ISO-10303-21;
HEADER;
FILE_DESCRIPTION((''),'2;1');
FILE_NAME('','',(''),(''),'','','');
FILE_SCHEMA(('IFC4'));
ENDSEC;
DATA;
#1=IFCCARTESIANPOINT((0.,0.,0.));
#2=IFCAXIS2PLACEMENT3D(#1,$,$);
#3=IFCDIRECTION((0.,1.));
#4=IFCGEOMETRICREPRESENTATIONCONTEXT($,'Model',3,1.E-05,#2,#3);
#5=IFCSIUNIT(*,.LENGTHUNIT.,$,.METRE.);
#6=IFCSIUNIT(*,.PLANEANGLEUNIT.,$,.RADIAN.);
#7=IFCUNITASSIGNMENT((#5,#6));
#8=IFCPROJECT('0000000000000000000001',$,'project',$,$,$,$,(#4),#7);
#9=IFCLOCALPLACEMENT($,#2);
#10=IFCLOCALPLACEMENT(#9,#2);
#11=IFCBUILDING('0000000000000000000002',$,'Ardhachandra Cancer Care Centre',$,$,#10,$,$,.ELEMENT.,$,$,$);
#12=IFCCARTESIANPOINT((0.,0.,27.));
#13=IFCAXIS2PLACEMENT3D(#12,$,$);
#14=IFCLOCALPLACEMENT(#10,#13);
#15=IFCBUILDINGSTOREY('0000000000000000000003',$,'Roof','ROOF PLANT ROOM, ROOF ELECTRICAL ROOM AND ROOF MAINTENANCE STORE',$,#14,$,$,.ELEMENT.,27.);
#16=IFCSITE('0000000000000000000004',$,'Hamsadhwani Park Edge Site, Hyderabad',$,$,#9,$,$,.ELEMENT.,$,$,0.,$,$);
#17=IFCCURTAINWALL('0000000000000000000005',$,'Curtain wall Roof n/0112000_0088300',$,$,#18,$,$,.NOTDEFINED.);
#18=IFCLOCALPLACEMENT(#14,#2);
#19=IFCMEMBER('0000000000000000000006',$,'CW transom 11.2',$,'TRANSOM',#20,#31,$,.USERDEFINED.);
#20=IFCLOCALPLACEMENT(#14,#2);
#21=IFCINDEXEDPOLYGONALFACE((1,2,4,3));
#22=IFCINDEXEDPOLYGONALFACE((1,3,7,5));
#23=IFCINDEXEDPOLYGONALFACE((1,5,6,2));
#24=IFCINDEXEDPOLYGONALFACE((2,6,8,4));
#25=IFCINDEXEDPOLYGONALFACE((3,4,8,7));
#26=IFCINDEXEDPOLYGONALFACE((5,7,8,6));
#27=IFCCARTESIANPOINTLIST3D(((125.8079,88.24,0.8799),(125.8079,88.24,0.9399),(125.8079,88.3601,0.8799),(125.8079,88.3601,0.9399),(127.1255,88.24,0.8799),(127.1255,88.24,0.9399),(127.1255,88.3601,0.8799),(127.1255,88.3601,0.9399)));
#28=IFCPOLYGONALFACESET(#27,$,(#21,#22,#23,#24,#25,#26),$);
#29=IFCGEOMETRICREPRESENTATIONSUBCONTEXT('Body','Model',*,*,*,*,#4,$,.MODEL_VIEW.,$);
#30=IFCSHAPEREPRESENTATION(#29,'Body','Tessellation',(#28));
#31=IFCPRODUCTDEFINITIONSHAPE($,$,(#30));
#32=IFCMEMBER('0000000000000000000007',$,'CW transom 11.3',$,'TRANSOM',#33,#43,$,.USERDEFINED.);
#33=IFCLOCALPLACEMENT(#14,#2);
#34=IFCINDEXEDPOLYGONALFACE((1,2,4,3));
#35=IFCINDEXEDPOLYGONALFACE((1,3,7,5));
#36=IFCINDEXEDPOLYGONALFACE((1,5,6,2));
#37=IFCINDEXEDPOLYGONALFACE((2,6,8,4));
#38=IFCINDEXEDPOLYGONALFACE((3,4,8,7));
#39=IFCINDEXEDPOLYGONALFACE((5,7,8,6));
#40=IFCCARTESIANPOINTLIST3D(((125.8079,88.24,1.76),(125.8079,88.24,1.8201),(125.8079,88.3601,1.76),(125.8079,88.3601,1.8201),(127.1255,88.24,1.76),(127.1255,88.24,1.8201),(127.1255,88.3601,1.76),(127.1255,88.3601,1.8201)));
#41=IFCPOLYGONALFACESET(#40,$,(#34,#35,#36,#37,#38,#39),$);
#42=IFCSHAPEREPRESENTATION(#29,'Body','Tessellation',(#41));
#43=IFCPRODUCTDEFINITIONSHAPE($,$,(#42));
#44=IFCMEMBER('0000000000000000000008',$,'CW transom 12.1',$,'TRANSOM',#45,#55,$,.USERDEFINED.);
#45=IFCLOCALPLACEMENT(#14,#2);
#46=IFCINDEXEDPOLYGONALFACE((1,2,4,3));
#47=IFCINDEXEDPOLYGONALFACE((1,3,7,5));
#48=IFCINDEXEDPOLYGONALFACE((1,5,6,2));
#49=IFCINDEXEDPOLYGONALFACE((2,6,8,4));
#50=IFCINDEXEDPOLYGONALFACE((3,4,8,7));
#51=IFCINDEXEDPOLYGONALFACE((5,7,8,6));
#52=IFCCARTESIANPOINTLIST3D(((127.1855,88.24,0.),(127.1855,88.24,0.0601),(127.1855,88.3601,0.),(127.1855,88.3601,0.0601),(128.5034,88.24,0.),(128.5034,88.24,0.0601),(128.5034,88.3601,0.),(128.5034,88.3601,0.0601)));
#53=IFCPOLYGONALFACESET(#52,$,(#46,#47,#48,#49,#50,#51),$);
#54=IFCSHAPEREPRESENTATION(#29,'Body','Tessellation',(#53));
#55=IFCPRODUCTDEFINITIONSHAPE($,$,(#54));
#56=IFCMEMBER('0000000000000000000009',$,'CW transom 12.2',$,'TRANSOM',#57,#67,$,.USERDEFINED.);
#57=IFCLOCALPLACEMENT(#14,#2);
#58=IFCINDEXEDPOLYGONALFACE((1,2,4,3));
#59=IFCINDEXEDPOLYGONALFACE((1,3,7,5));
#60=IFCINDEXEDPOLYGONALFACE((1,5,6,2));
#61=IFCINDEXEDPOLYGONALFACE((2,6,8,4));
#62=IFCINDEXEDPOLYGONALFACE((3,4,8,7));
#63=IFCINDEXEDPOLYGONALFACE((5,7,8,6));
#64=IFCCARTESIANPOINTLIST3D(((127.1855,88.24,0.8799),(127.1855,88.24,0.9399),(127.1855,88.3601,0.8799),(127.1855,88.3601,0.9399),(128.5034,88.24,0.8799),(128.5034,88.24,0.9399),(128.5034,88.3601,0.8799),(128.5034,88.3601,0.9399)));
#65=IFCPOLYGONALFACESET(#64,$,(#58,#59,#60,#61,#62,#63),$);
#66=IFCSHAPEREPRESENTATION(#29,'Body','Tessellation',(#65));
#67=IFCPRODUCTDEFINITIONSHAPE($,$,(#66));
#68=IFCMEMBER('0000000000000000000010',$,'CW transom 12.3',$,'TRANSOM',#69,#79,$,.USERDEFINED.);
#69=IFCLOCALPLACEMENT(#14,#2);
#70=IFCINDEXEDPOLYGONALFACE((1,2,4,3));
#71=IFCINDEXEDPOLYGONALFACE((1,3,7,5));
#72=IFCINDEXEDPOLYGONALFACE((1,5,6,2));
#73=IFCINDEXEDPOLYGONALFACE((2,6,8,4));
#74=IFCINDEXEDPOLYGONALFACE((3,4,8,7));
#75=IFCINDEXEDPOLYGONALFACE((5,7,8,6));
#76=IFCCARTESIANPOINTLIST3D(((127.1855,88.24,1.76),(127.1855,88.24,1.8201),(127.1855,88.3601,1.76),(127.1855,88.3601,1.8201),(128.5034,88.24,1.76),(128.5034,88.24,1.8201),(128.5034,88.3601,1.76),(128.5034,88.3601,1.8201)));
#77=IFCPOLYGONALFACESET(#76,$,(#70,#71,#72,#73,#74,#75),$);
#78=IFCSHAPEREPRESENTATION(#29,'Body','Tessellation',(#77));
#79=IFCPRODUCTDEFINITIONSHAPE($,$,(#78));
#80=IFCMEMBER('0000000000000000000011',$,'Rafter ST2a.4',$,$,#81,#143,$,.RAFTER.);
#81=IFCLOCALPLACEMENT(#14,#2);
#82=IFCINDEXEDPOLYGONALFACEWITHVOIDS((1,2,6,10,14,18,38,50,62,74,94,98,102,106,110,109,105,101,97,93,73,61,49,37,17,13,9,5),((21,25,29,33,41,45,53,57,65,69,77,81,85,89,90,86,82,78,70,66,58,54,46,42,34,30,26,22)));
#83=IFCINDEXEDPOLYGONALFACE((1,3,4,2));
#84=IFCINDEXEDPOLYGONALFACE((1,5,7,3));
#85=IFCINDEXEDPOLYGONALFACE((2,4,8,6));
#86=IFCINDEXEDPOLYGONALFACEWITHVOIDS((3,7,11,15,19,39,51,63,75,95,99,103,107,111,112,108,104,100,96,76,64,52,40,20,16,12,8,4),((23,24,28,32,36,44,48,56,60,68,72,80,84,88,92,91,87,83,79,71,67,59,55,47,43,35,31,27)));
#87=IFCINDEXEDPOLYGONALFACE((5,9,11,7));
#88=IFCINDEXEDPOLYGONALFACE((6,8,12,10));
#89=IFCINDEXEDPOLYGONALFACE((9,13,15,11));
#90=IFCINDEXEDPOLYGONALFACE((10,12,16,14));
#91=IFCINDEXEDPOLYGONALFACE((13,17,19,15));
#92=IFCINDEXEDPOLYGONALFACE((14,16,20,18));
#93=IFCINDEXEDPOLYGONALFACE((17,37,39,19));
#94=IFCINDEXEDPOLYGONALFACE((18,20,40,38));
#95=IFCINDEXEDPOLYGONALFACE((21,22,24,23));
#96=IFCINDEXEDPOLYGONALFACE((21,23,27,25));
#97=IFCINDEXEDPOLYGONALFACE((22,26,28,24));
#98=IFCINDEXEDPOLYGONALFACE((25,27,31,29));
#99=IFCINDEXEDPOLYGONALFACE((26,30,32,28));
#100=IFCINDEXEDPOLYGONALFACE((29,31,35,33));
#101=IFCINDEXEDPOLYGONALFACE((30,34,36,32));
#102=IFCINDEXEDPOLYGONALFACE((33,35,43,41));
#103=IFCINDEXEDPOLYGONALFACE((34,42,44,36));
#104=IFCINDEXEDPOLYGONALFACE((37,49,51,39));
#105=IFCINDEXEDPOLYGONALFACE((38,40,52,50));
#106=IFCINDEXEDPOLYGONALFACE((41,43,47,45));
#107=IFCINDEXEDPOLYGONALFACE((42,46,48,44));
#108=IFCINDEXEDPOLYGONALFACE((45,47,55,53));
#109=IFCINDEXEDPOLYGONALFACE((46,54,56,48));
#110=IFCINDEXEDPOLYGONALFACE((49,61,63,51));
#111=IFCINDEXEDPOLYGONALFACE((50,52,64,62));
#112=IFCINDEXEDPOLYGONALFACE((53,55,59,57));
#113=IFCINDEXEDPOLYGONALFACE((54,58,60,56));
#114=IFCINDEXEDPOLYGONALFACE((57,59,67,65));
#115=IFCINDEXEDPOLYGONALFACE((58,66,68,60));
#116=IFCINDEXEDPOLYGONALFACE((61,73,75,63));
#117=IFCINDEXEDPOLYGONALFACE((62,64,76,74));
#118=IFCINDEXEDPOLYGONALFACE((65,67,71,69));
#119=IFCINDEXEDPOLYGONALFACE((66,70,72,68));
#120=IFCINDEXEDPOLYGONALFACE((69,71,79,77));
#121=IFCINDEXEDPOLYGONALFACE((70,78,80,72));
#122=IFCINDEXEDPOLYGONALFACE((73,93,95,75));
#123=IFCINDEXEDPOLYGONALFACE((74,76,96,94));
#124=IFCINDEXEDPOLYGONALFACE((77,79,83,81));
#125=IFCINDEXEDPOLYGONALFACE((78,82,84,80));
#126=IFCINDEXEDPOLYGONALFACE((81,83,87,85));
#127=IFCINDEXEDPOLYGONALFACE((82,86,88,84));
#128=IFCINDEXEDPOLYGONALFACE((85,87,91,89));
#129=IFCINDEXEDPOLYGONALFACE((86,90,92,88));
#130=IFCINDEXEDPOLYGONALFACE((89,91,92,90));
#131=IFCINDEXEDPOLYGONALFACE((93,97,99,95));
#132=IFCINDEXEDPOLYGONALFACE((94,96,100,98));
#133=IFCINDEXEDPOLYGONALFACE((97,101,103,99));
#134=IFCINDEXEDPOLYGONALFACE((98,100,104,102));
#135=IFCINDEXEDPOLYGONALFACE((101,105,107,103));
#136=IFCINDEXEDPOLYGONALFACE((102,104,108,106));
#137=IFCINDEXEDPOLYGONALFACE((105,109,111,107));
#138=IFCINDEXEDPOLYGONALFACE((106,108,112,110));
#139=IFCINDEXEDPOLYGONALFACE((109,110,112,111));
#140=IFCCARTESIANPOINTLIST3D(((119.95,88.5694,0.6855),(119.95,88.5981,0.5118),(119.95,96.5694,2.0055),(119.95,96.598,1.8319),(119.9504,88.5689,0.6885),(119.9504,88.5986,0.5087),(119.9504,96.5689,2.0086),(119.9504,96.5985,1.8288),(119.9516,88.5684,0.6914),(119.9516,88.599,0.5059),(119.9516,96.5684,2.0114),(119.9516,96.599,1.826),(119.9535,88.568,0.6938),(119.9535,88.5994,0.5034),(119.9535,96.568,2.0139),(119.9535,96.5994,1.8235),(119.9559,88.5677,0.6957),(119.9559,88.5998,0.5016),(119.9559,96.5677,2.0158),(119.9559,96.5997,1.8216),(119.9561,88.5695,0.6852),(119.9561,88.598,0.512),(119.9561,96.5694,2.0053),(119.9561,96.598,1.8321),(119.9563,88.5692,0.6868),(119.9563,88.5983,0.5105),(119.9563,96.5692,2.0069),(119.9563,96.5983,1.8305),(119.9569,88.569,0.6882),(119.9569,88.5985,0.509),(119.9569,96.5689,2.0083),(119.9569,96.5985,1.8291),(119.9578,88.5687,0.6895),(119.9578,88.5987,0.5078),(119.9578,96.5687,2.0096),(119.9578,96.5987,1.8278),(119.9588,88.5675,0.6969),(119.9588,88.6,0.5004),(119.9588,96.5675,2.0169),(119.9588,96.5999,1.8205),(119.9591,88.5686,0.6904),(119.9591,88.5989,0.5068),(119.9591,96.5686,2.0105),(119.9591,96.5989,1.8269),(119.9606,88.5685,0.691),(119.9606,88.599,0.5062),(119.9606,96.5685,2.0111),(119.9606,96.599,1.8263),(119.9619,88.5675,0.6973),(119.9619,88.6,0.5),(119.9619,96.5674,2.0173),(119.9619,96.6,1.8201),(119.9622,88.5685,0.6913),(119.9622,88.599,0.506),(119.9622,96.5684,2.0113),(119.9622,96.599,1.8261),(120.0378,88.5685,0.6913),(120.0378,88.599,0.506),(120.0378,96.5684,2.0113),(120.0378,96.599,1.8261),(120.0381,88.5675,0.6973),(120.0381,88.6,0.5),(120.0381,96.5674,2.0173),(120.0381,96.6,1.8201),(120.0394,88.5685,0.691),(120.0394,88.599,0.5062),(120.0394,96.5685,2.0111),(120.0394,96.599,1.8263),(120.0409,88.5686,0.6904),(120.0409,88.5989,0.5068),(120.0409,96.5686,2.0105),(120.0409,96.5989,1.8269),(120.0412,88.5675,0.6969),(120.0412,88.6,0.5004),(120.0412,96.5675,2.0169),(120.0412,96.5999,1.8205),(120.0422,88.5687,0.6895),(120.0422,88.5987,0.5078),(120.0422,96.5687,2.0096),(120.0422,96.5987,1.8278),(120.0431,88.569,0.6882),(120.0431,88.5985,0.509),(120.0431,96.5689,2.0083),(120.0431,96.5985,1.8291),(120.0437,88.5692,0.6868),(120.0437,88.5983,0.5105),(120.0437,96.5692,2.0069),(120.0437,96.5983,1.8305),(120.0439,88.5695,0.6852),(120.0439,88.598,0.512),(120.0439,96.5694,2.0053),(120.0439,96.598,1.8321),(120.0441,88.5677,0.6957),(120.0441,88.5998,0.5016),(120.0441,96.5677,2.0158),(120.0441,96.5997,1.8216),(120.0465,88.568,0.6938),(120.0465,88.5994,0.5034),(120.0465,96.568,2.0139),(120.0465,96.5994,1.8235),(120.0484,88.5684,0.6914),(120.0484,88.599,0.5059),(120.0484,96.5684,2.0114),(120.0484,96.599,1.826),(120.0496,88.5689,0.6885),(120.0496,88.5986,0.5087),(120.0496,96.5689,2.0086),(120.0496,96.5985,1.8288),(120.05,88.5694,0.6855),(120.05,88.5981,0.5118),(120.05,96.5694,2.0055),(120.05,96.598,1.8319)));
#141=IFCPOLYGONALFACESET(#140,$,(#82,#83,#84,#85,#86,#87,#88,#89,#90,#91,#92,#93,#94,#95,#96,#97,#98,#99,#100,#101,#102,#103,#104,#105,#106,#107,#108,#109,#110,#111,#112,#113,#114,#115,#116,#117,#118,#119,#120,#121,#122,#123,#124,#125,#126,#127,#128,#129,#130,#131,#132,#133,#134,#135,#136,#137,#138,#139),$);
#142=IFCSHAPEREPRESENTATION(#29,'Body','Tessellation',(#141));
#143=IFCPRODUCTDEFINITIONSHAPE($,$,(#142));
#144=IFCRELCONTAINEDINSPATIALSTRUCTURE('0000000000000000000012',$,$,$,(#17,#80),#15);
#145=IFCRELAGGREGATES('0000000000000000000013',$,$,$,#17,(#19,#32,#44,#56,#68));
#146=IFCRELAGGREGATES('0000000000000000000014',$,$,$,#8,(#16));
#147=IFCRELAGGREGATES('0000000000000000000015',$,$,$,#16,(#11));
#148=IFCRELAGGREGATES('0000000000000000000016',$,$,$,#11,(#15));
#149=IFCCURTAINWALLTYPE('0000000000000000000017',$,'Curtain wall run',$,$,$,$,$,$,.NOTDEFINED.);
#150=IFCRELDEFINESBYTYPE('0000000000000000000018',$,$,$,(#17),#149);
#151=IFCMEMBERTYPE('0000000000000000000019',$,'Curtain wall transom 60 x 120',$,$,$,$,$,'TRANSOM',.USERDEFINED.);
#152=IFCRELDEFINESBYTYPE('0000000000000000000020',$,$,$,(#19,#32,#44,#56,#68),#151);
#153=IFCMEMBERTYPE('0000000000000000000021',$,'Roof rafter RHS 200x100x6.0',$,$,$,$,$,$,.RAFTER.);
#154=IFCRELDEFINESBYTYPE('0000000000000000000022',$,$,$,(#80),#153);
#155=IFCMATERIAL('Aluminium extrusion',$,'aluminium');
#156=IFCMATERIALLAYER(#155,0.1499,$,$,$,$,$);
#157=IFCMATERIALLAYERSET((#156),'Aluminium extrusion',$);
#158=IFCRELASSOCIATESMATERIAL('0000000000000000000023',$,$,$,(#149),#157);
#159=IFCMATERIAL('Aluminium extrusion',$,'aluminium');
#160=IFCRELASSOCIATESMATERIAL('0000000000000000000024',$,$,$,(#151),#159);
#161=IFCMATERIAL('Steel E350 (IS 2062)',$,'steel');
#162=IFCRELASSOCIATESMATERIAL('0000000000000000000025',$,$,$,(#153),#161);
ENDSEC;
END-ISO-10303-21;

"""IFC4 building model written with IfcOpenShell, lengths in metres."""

from ifc_helpers import new_model, si_unit, direction, frame, origin, origin_2d, place, context, subcontext, project, spatial, rectangle, hollow_rectangle, extrude, material, layer, layer_set, material_profile, profile_set, type_object, element, aggregate, save


model = new_model("IFC4")

# Units and contexts
model_context = context("Model", 3, precision=1e-05, world=origin(), true_north=direction((0.0, 1.0)))
body_context = subcontext(model_context, "Body", "Model", "MODEL_VIEW")
ifc_project = project(units=[si_unit("LENGTHUNIT", "METRE"), si_unit("PLANEANGLEUNIT", "RADIAN")], contexts=[model_context])

# Site, building, storey
site_placement = place(None, origin())
site = spatial("IfcSite", under=ifc_project, at=site_placement, Name="Hamsadhwani Park Edge Site, Hyderabad", CompositionType="ELEMENT", RefElevation=0.0)
building_placement = place(site_placement, origin())
building = spatial("IfcBuilding", under=site, at=building_placement, Name="Ardhachandra Cancer Care Centre", CompositionType="ELEMENT")
storey_placement = place(building_placement, frame((0.0, 0.0, 27.0)))
storey = spatial("IfcBuildingStorey", under=building, at=storey_placement, Name="Roof", Description="ROOF PLANT ROOM, ROOF ELECTRICAL ROOM AND ROOF MAINTENANCE STORE", CompositionType="ELEMENT", Elevation=27.0)

# Curtain wall, members
ifc_material_1 = material(Name="Aluminium extrusion", Category="aluminium")
ifc_layer_1 = layer(ifc_material_1, 0.1499)
ifc_layer_set_1 = layer_set([ifc_layer_1], Name="Aluminium extrusion")
curtain_wall_type = type_object("IfcCurtainWallType", Name="Curtain wall run", PredefinedType="NOTDEFINED", material=ifc_layer_set_1)
curtain_wall_placement = place(storey_placement, origin())
curtain_wall = element("IfcCurtainWall", 1, at=curtain_wall_placement, inside=storey, type_object=curtain_wall_type, Name="Curtain wall Roof n/0112000_0088300", PredefinedType="NOTDEFINED")
ifc_material_2 = material(Name="Aluminium extrusion", Category="aluminium")
ifc_material_profile_1 = material_profile(ifc_material_2, rectangle(XDim=0.1201, YDim=0.0601, at=origin_2d()), Name="Curtain wall transom 60 x 120")
ifc_profile_set_1 = profile_set([ifc_material_profile_1], Name="Aluminium extrusion")
member_type_1 = type_object("IfcMemberType", Name="Curtain wall transom 60 x 120", ElementType="TRANSOM", PredefinedType="USERDEFINED", material=ifc_profile_set_1)
member_1_placement = place(storey_placement, frame((125.8079, 88.3, 0.9099), z_axis=(1.0, 0.0, 0.0), x_axis=(0.0, 1.0, 0.0)))
member_1 = element("IfcMember", 2, at=member_1_placement, type_object=member_type_1, Name="CW transom 11.2", ObjectType="TRANSOM", PredefinedType="USERDEFINED", context=body_context, shape_type="SweptSolid", body=[
    extrude(rectangle(XDim=0.1201, YDim=0.0601, at=origin_2d()), origin(), (0.0, 0.0, 1.0), 1.3176),
])
member_2_placement = place(storey_placement, frame((125.8079, 88.3, 1.79), z_axis=(1.0, 0.0, 0.0), x_axis=(0.0, 1.0, 0.0)))
member_2 = element("IfcMember", 3, at=member_2_placement, type_object=member_type_1, Name="CW transom 11.3", ObjectType="TRANSOM", PredefinedType="USERDEFINED", context=body_context, shape_type="SweptSolid", body=[
    extrude(rectangle(XDim=0.1201, YDim=0.0601, at=origin_2d()), origin(), (0.0, 0.0, 1.0), 1.3176),
])
member_3_placement = place(storey_placement, frame((127.1855, 88.3, 0.03), z_axis=(1.0, 0.0, 0.0), x_axis=(0.0, 1.0, 0.0)))
member_3 = element("IfcMember", 4, at=member_3_placement, type_object=member_type_1, Name="CW transom 12.1", ObjectType="TRANSOM", PredefinedType="USERDEFINED", context=body_context, shape_type="SweptSolid", body=[
    extrude(rectangle(XDim=0.1201, YDim=0.0601, at=origin_2d()), origin(), (0.0, 0.0, 1.0), 1.3179),
])
member_4_placement = place(storey_placement, frame((127.1855, 88.3, 0.9099), z_axis=(1.0, 0.0, 0.0), x_axis=(0.0, 1.0, 0.0)))
member_4 = element("IfcMember", 5, at=member_4_placement, type_object=member_type_1, Name="CW transom 12.2", ObjectType="TRANSOM", PredefinedType="USERDEFINED", context=body_context, shape_type="SweptSolid", body=[
    extrude(rectangle(XDim=0.1201, YDim=0.0601, at=origin_2d()), origin(), (0.0, 0.0, 1.0), 1.3179),
])
member_5_placement = place(storey_placement, frame((127.1855, 88.3, 1.79), z_axis=(1.0, 0.0, 0.0), x_axis=(0.0, 1.0, 0.0)))
member_5 = element("IfcMember", 6, at=member_5_placement, type_object=member_type_1, Name="CW transom 12.3", ObjectType="TRANSOM", PredefinedType="USERDEFINED", context=body_context, shape_type="SweptSolid", body=[
    extrude(rectangle(XDim=0.1201, YDim=0.0601, at=origin_2d()), origin(), (0.0, 0.0, 1.0), 1.3179),
])

# Member
ifc_material_3 = material(Name="Steel E350 (IS 2062)", Category="steel")
ifc_material_profile_2 = material_profile(ifc_material_3, hollow_rectangle(XDim=0.1001, YDim=0.2, WallThickness=0.0061, InnerFilletRadius=0.0061, OuterFilletRadius=0.012, at=origin_2d()), Name="RHS 200x100x6.0")
ifc_profile_set_2 = profile_set([ifc_material_profile_2], Name="Steel E350 (IS 2062)")
member_type_2 = type_object("IfcMemberType", Name="Roof rafter RHS 200x100x6.0", PredefinedType="RAFTER", material=ifc_profile_set_2)
member_6_placement = place(storey_placement, frame((120.0, 88.5837, 0.5986), z_axis=(0.0, 0.986658, 0.162807), x_axis=(-1.0, 0.0, 0.0)))
element("IfcMember", 7, at=member_6_placement, inside=storey, type_object=member_type_2, Name="Rafter ST2a.4", PredefinedType="RAFTER", context=body_context, shape_type="SweptSolid", body=[
    extrude(hollow_rectangle(XDim=0.1001, YDim=0.2, WallThickness=0.0061, InnerFilletRadius=0.0061, OuterFilletRadius=0.012, at=origin_2d()), origin(), (0.0, 0.0, 1.0), 8.1082),
])

aggregate(curtain_wall, [member_1, member_2, member_3, member_4, member_5])

save(model, "model.ifc")
